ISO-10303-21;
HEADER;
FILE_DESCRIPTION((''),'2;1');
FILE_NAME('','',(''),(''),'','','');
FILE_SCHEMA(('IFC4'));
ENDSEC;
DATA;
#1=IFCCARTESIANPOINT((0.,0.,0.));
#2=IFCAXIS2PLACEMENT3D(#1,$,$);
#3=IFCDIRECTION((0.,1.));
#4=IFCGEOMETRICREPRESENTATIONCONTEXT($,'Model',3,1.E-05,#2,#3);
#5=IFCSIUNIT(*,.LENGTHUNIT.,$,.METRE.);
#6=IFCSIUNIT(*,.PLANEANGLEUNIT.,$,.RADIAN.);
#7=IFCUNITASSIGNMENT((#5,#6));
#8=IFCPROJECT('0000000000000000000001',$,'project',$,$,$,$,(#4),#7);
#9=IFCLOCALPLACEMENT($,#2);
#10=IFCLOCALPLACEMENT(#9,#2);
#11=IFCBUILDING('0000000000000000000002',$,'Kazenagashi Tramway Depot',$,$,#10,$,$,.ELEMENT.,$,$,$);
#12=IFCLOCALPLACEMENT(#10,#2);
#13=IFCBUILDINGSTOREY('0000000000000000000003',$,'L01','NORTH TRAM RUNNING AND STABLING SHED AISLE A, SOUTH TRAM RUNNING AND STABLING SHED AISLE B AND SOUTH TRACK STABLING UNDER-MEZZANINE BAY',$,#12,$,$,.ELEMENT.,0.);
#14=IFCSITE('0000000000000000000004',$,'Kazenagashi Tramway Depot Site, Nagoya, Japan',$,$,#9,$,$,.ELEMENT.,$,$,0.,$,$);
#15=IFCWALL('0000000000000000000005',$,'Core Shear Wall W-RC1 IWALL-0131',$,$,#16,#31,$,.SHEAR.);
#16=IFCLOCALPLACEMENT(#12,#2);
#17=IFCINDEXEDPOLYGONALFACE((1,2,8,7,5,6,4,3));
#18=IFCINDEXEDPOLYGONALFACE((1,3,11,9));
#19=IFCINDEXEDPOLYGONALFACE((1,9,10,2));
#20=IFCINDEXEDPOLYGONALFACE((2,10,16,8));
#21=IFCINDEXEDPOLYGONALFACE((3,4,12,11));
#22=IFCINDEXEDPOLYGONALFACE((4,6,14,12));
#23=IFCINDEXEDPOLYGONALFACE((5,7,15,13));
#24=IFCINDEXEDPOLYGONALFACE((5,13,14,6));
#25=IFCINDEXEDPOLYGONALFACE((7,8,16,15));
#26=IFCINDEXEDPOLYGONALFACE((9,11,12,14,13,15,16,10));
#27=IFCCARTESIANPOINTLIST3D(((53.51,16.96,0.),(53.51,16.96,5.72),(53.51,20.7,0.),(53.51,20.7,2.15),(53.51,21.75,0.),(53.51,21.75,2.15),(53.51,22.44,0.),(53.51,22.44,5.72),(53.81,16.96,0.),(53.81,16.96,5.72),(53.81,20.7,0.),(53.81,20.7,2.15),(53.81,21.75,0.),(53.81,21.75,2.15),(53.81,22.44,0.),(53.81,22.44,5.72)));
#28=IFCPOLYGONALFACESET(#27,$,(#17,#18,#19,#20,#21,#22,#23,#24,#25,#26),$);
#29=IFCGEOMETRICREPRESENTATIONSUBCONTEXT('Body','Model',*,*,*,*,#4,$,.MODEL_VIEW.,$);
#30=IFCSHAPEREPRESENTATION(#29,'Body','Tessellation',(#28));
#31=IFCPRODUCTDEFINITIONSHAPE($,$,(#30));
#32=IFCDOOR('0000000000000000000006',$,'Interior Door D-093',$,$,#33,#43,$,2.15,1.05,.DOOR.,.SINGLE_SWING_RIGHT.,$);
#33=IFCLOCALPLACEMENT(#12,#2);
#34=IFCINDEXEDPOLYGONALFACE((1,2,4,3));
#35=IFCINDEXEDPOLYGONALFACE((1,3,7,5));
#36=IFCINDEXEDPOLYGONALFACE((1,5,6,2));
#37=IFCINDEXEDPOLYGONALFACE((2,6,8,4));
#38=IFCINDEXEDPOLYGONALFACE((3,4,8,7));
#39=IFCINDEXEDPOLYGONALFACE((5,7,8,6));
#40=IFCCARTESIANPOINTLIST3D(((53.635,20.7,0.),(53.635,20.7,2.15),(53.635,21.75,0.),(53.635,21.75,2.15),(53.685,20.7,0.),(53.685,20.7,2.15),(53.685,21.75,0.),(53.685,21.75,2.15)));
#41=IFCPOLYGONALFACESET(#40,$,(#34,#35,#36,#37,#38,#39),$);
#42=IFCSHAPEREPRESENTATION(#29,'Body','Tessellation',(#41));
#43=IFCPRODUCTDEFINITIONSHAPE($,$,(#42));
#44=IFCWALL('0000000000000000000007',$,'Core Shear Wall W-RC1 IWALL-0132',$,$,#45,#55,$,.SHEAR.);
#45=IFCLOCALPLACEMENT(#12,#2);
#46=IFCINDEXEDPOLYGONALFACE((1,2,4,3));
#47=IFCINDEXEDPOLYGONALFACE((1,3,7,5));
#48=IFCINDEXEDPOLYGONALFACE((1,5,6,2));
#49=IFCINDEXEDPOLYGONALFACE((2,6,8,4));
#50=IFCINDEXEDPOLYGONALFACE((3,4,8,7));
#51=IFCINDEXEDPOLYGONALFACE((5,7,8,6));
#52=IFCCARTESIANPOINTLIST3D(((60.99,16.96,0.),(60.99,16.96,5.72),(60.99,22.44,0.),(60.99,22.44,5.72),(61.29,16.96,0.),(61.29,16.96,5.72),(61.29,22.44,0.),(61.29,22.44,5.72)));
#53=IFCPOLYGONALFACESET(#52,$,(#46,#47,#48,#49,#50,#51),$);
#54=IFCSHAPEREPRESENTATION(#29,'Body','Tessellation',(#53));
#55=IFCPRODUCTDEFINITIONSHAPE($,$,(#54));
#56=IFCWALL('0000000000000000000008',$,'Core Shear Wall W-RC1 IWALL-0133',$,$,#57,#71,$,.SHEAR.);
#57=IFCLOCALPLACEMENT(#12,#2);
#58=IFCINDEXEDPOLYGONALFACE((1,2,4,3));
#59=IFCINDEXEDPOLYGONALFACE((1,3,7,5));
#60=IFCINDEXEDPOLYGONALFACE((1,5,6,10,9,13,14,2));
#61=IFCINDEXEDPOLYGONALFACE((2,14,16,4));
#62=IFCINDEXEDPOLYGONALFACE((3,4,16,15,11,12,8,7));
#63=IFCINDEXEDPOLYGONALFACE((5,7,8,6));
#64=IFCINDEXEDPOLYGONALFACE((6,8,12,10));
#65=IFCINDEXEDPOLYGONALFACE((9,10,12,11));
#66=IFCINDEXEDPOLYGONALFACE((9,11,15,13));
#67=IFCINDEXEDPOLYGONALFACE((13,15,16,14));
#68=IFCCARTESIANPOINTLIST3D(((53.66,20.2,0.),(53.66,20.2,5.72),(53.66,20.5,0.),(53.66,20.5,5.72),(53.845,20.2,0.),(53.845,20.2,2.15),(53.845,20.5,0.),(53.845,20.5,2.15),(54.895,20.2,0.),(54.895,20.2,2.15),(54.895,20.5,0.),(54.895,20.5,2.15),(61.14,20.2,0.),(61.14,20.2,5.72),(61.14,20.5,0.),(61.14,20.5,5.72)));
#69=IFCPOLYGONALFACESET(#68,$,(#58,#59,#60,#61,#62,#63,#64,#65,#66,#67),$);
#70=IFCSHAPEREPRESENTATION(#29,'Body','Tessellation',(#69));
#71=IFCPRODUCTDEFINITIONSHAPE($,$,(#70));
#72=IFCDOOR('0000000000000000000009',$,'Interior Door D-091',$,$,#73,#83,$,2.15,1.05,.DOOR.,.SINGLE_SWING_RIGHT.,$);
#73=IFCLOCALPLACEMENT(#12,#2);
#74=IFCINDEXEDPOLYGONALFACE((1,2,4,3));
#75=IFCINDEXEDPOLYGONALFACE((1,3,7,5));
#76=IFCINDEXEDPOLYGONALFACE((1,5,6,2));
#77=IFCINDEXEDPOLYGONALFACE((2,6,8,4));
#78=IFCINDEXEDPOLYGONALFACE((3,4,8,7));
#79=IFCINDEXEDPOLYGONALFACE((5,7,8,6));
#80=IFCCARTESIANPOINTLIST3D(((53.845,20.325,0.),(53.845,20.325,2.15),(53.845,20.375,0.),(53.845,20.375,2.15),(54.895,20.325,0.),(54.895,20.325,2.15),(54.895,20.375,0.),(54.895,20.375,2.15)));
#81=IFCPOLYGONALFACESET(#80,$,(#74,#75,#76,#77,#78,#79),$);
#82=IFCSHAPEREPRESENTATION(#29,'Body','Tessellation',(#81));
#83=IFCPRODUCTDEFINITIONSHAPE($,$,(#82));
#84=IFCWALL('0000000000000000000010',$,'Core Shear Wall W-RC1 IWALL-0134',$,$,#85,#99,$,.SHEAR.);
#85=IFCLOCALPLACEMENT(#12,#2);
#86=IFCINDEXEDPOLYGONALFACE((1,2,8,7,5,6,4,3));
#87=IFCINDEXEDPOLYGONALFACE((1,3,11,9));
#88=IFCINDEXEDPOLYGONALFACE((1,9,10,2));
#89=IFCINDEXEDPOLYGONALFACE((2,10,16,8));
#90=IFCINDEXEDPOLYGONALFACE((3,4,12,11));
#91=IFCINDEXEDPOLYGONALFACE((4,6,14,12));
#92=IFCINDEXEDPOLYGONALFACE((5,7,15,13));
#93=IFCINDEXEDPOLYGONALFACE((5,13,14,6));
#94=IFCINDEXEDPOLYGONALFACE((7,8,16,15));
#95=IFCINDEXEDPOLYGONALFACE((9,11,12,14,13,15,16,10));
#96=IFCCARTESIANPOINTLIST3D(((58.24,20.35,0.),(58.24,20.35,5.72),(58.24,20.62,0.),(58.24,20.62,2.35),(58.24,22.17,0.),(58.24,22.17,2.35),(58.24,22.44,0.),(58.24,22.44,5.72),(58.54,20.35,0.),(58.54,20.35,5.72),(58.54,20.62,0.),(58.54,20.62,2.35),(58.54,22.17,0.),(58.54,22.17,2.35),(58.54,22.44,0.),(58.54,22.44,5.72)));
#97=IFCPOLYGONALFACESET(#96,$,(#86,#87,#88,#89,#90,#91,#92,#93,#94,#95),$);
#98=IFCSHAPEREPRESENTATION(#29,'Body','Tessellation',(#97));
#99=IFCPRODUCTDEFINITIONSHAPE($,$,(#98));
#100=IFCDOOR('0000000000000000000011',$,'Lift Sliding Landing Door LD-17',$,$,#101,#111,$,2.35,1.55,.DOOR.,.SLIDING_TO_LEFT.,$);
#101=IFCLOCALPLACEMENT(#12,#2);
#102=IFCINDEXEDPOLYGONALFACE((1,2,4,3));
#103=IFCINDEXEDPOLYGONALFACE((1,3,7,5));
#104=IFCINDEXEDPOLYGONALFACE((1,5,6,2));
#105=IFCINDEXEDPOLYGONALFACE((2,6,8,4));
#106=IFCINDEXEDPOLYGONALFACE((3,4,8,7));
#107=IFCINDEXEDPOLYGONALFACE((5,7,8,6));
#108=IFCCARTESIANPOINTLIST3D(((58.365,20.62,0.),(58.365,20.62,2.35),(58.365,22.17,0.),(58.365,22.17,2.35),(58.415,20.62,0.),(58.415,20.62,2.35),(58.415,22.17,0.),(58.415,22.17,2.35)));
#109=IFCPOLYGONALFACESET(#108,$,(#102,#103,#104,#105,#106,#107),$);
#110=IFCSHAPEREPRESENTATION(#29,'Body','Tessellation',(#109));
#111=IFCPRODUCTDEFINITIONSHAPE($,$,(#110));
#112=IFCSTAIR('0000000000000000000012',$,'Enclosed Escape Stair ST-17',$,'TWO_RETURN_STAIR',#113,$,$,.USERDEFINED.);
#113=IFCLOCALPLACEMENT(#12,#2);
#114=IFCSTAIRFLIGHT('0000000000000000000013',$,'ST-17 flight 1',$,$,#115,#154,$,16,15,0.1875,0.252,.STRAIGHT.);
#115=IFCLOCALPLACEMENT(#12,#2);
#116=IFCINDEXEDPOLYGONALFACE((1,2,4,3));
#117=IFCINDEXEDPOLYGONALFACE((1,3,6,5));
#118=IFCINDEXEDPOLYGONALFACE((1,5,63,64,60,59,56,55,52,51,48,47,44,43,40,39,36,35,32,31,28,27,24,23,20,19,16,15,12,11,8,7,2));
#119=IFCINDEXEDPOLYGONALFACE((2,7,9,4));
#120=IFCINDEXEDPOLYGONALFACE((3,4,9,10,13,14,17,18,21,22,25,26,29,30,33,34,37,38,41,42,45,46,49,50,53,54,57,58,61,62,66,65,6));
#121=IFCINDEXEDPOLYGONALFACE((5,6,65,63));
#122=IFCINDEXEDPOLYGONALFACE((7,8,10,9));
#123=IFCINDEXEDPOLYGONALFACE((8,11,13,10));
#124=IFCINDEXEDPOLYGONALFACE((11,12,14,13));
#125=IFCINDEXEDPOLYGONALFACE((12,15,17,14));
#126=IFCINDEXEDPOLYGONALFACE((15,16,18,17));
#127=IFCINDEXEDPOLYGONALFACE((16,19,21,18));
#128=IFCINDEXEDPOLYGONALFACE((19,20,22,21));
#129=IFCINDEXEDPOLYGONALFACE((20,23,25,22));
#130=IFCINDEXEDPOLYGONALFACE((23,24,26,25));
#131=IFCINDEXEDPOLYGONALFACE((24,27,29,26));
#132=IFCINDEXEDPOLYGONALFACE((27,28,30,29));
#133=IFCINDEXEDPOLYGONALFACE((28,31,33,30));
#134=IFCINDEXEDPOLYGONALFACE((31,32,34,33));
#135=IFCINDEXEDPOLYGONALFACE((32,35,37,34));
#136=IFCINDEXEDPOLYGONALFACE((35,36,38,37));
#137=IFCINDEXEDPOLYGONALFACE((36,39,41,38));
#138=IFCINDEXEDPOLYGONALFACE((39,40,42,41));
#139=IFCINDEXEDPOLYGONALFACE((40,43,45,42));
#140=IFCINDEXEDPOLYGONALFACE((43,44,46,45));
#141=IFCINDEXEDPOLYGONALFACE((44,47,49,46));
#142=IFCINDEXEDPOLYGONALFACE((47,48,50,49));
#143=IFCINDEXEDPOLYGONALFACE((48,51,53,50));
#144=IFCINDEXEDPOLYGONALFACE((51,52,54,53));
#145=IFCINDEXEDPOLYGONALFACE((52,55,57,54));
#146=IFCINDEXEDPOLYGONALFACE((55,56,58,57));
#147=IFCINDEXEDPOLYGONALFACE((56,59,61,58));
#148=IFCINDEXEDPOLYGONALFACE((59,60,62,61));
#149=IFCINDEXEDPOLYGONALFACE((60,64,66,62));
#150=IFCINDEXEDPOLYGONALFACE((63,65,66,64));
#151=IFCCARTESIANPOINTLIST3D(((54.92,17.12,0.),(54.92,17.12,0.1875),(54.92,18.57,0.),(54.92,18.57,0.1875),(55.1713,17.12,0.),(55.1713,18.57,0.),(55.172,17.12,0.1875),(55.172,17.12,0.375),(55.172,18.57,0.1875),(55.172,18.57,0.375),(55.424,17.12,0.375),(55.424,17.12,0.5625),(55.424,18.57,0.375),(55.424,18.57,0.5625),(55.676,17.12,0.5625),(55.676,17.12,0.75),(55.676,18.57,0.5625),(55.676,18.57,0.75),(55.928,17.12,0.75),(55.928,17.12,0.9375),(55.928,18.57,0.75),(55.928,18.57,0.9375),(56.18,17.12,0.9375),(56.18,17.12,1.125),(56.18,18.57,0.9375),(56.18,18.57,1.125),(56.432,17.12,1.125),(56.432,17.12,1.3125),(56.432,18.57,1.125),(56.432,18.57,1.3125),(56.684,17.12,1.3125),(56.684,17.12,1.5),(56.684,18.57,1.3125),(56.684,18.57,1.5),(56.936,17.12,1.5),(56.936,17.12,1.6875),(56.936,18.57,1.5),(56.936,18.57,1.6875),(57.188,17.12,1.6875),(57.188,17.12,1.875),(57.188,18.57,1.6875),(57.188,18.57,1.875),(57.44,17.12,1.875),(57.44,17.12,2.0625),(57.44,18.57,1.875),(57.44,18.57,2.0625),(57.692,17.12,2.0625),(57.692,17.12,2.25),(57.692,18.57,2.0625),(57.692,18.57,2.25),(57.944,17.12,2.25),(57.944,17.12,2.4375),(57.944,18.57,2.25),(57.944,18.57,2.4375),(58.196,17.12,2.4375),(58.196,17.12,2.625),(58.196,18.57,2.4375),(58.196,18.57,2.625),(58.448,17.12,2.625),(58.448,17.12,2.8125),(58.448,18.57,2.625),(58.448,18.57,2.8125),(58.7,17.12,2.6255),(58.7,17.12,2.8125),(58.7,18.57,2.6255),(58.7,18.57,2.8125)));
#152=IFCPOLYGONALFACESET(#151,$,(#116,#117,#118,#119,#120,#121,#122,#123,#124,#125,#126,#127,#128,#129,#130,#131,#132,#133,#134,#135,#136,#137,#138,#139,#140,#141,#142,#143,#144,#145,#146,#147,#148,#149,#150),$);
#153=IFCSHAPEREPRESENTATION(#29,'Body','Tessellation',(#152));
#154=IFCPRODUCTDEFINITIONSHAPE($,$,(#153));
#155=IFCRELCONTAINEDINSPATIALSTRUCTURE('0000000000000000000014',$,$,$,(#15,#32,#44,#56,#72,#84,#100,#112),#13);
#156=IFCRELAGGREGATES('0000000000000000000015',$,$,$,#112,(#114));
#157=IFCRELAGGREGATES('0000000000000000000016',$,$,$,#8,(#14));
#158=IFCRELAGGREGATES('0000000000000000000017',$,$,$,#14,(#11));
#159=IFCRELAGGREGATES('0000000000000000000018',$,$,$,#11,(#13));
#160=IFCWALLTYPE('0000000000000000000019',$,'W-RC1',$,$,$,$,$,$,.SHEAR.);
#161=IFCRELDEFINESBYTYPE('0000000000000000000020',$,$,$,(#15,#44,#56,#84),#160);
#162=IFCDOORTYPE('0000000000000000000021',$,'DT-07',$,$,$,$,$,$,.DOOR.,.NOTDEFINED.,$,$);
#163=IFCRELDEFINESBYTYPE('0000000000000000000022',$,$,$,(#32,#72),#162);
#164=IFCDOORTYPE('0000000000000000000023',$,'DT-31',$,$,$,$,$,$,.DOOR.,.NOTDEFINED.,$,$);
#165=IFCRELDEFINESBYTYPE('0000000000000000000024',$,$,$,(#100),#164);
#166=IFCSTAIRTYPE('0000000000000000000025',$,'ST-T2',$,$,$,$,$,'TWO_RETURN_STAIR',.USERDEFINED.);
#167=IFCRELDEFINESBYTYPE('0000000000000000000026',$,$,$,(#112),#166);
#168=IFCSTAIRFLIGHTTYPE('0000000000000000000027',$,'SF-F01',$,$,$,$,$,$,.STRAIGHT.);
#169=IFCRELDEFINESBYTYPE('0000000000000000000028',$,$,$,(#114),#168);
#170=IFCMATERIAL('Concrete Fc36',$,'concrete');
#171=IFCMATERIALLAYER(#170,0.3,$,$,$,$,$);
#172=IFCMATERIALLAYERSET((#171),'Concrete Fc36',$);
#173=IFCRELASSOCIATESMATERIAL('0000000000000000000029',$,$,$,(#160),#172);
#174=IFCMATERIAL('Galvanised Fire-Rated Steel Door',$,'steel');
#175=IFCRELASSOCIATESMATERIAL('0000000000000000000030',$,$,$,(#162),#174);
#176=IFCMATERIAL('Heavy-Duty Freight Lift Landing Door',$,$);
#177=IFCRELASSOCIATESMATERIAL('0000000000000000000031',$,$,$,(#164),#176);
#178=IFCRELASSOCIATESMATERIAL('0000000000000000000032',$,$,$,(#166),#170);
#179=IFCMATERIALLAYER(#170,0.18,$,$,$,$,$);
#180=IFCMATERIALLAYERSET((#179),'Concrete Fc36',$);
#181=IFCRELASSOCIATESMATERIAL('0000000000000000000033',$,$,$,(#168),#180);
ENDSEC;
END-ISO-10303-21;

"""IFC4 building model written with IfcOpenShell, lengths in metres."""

from ifc_helpers import new_model, si_unit, direction, frame, frame_2d, origin, place, context, subcontext, project, spatial, polyline, rectangle, outline, extrude, material, layer, layer_set, type_object, element, fill, aggregate, save


model = new_model("IFC4")

# Units and contexts
model_context = context("Model", 3, precision=1e-05, world=origin(), true_north=direction((0.0, 1.0)))
body_context = subcontext(model_context, "Body", "Model", "MODEL_VIEW")
ifc_project = project(units=[si_unit("LENGTHUNIT", "METRE"), si_unit("PLANEANGLEUNIT", "RADIAN")], contexts=[model_context])

# Site, building, storey
site_placement = place(None, origin())
site = spatial("IfcSite", under=ifc_project, at=site_placement, Name="Kazenagashi Tramway Depot Site, Nagoya, Japan", CompositionType="ELEMENT", RefElevation=0.0)
building_placement = place(site_placement, origin())
building = spatial("IfcBuilding", under=site, at=building_placement, Name="Kazenagashi Tramway Depot", CompositionType="ELEMENT")
storey_placement = place(building_placement, origin())
storey = spatial("IfcBuildingStorey", under=building, at=storey_placement, Name="L01", Description="NORTH TRAM RUNNING AND STABLING SHED AISLE A, SOUTH TRAM RUNNING AND STABLING SHED AISLE B AND SOUTH TRACK STABLING UNDER-MEZZANINE BAY", CompositionType="ELEMENT", Elevation=0.0)

# Shared definitions
ifc_material_1 = material(Name="Concrete Fc36", Category="concrete")
ifc_layer_1 = layer(ifc_material_1, 0.3)
ifc_layer_set_1 = layer_set([ifc_layer_1], Name="Concrete Fc36")
wall_type_1 = type_object("IfcWallType", Name="W-RC1", PredefinedType="SHEAR", material=ifc_layer_set_1)

# Wall, opening, door
ifc_material_2 = material(Name="Galvanised Fire-Rated Steel Door", Category="steel")
wall_1_placement = place(storey_placement, frame((53.66, 16.96, 0.0), z_axis=(0.0, 0.0, 1.0), x_axis=(0.0, 1.0, 0.0)))
wall_1 = element("IfcWall", 1, at=wall_1_placement, inside=storey, type_object=wall_type_1, Name="Core Shear Wall W-RC1 IWALL-0131", PredefinedType="SHEAR", context=body_context, shape_type="SweptSolid", body=[
    extrude(rectangle(XDim=5.48, YDim=0.3, at=frame_2d((2.74, 0.0))), origin(), (0.0, 0.0, 1.0), 5.72),
])
opening_1_placement = place(wall_1_placement, frame((3.74, 0.0, 0.0)))
opening_1 = element("IfcOpeningElement", 2, at=opening_1_placement, cuts=wall_1, PredefinedType="OPENING", context=body_context, shape_type="SweptSolid", body=[
    extrude(rectangle(XDim=1.05, YDim=2.15, at=frame_2d((0.525, 1.075))), frame((0.0, 0.16, 0.0), z_axis=(0.0, -1.0, 0.0), x_axis=(1.0, 0.0, 0.0)), (0.0, 0.0, 1.0), 0.32),
])
door_type_1 = type_object("IfcDoorType", Name="DT-07", OperationType="NOTDEFINED", PredefinedType="DOOR", material=ifc_material_2)
door_1_placement = place(opening_1_placement, origin())
door_1 = element("IfcDoor", 3, at=door_1_placement, inside=storey, type_object=door_type_1, Name="Interior Door D-093", OperationType="SINGLE_SWING_RIGHT", OverallHeight=2.15, OverallWidth=1.05, PredefinedType="DOOR", context=body_context, shape_type="SweptSolid", body=[
    extrude(rectangle(XDim=1.05, YDim=2.15, at=frame_2d((0.525, 1.075))), frame((0.0, 0.025, 0.0), z_axis=(0.0, -1.0, 0.0), x_axis=(1.0, 0.0, 0.0)), (0.0, 0.0, 1.0), 0.05),
])
fill(opening_1, door_1)

# Wall
wall_2_placement = place(storey_placement, frame((61.14, 16.96, 0.0), z_axis=(0.0, 0.0, 1.0), x_axis=(0.0, 1.0, 0.0)))
element("IfcWall", 4, at=wall_2_placement, inside=storey, type_object=wall_type_1, Name="Core Shear Wall W-RC1 IWALL-0132", PredefinedType="SHEAR", context=body_context, shape_type="SweptSolid", body=[
    extrude(rectangle(XDim=5.48, YDim=0.3, at=frame_2d((2.74, 0.0))), origin(), (0.0, 0.0, 1.0), 5.72),
])

# Walls, openings, doors
wall_3_placement = place(storey_placement, frame((53.66, 20.35, 0.0), z_axis=(0.0, 0.0, 1.0), x_axis=(1.0, 0.0, 0.0)))
wall_3 = element("IfcWall", 5, at=wall_3_placement, inside=storey, type_object=wall_type_1, Name="Core Shear Wall W-RC1 IWALL-0133", PredefinedType="SHEAR", context=body_context, shape_type="SweptSolid", body=[
    extrude(rectangle(XDim=7.48, YDim=0.3, at=frame_2d((3.74, 0.0))), origin(), (0.0, 0.0, 1.0), 5.72),
])
opening_2_placement = place(wall_3_placement, frame((0.185, 0.0, 0.0)))
opening_2 = element("IfcOpeningElement", 6, at=opening_2_placement, cuts=wall_3, PredefinedType="OPENING", context=body_context, shape_type="SweptSolid", body=[
    extrude(rectangle(XDim=1.05, YDim=2.15, at=frame_2d((0.525, 1.075))), frame((0.0, 0.16, 0.0), z_axis=(0.0, -1.0, 0.0), x_axis=(1.0, 0.0, 0.0)), (0.0, 0.0, 1.0), 0.32),
])
door_2_placement = place(opening_2_placement, origin())
door_2 = element("IfcDoor", 7, at=door_2_placement, inside=storey, type_object=door_type_1, Name="Interior Door D-091", OperationType="SINGLE_SWING_RIGHT", OverallHeight=2.15, OverallWidth=1.05, PredefinedType="DOOR", context=body_context, shape_type="SweptSolid", body=[
    extrude(rectangle(XDim=1.05, YDim=2.15, at=frame_2d((0.525, 1.075))), frame((0.0, 0.025, 0.0), z_axis=(0.0, -1.0, 0.0), x_axis=(1.0, 0.0, 0.0)), (0.0, 0.0, 1.0), 0.05),
])
fill(opening_2, door_2)
wall_4_placement = place(storey_placement, frame((58.39, 20.35, 0.0), z_axis=(0.0, 0.0, 1.0), x_axis=(0.0, 1.0, 0.0)))
wall_4 = element("IfcWall", 8, at=wall_4_placement, inside=storey, type_object=wall_type_1, Name="Core Shear Wall W-RC1 IWALL-0134", PredefinedType="SHEAR", context=body_context, shape_type="SweptSolid", body=[
    extrude(rectangle(XDim=2.09, YDim=0.3, at=frame_2d((1.045, 0.0))), origin(), (0.0, 0.0, 1.0), 5.72),
])
opening_3_placement = place(wall_4_placement, frame((0.27, 0.0, 0.0)))
opening_3 = element("IfcOpeningElement", 9, at=opening_3_placement, cuts=wall_4, PredefinedType="OPENING", context=body_context, shape_type="SweptSolid", body=[
    extrude(rectangle(XDim=1.55, YDim=2.35, at=frame_2d((0.775, 1.175))), frame((0.0, 0.16, 0.0), z_axis=(0.0, -1.0, 0.0), x_axis=(1.0, 0.0, 0.0)), (0.0, 0.0, 1.0), 0.32),
])
ifc_material_3 = material(Name="Heavy-Duty Freight Lift Landing Door")
door_type_2 = type_object("IfcDoorType", Name="DT-31", OperationType="NOTDEFINED", PredefinedType="DOOR", material=ifc_material_3)
door_3_placement = place(opening_3_placement, origin())
door_3 = element("IfcDoor", 10, at=door_3_placement, inside=storey, type_object=door_type_2, Name="Lift Sliding Landing Door LD-17", OperationType="SLIDING_TO_LEFT", OverallHeight=2.35, OverallWidth=1.55, PredefinedType="DOOR", context=body_context, shape_type="SweptSolid", body=[
    extrude(rectangle(XDim=1.55, YDim=2.35, at=frame_2d((0.775, 1.175))), frame((0.0, 0.025, 0.0), z_axis=(0.0, -1.0, 0.0), x_axis=(1.0, 0.0, 0.0)), (0.0, 0.0, 1.0), 0.05),
])
fill(opening_3, door_3)

# Stair, stair flight
stair_type = type_object("IfcStairType", Name="ST-T2", ElementType="TWO_RETURN_STAIR", PredefinedType="USERDEFINED", material=ifc_material_1)
stair_placement = place(storey_placement, origin())
stair = element("IfcStair", 11, at=stair_placement, inside=storey, type_object=stair_type, Name="Enclosed Escape Stair ST-17", ObjectType="TWO_RETURN_STAIR", PredefinedType="USERDEFINED")
ifc_layer_2 = layer(ifc_material_1, 0.18)
ifc_layer_set_2 = layer_set([ifc_layer_2], Name="Concrete Fc36")
stair_flight_type = type_object("IfcStairFlightType", Name="SF-F01", PredefinedType="STRAIGHT", material=ifc_layer_set_2)
stair_flight_1_placement = place(storey_placement, frame((54.92, 17.845, 0.0), z_axis=(0.0, 0.0, 1.0), x_axis=(1.0, 0.0, 0.0)))
stair_flight_1 = element("IfcStairFlight", 12, at=stair_flight_1_placement, type_object=stair_flight_type, Name="ST-17 flight 1", NumberOfRisers=16, NumberOfTreads=15, PredefinedType="STRAIGHT", RiserHeight=0.1875, TreadLength=0.252, context=body_context, shape_type="SweptSolid", body=[
    extrude(outline(polyline([(0.0, 0.0), (0.0, 0.1875), (0.252, 0.1875), (0.252, 0.375), (0.504, 0.375), (0.504, 0.5625), (0.756, 0.5625), (0.756, 0.75), (1.008, 0.75), (1.008, 0.9375), (1.26, 0.9375), (1.26, 1.125), (1.512, 1.125), (1.512, 1.3125), (1.764, 1.3125), (1.764, 1.5), (2.016, 1.5), (2.016, 1.6875), (2.268, 1.6875), (2.268, 1.875), (2.52, 1.875), (2.52, 2.0625), (2.772, 2.0625), (2.772, 2.25), (3.024, 2.25), (3.024, 2.4375), (3.276, 2.4375), (3.276, 2.625), (3.528, 2.625), (3.528, 2.8125), (3.78, 2.8125), (3.78, 3.0), (3.78, 2.6255), (0.2513, 0.0), (0.0, 0.0)])), frame((0.0, 0.725, 0.0), z_axis=(0.0, -1.0, 0.0), x_axis=(1.0, 0.0, 0.0)), (0.0, 0.0, 1.0), 1.45),
])
aggregate(stair, [stair_flight_1])

save(model, "model.ifc")
